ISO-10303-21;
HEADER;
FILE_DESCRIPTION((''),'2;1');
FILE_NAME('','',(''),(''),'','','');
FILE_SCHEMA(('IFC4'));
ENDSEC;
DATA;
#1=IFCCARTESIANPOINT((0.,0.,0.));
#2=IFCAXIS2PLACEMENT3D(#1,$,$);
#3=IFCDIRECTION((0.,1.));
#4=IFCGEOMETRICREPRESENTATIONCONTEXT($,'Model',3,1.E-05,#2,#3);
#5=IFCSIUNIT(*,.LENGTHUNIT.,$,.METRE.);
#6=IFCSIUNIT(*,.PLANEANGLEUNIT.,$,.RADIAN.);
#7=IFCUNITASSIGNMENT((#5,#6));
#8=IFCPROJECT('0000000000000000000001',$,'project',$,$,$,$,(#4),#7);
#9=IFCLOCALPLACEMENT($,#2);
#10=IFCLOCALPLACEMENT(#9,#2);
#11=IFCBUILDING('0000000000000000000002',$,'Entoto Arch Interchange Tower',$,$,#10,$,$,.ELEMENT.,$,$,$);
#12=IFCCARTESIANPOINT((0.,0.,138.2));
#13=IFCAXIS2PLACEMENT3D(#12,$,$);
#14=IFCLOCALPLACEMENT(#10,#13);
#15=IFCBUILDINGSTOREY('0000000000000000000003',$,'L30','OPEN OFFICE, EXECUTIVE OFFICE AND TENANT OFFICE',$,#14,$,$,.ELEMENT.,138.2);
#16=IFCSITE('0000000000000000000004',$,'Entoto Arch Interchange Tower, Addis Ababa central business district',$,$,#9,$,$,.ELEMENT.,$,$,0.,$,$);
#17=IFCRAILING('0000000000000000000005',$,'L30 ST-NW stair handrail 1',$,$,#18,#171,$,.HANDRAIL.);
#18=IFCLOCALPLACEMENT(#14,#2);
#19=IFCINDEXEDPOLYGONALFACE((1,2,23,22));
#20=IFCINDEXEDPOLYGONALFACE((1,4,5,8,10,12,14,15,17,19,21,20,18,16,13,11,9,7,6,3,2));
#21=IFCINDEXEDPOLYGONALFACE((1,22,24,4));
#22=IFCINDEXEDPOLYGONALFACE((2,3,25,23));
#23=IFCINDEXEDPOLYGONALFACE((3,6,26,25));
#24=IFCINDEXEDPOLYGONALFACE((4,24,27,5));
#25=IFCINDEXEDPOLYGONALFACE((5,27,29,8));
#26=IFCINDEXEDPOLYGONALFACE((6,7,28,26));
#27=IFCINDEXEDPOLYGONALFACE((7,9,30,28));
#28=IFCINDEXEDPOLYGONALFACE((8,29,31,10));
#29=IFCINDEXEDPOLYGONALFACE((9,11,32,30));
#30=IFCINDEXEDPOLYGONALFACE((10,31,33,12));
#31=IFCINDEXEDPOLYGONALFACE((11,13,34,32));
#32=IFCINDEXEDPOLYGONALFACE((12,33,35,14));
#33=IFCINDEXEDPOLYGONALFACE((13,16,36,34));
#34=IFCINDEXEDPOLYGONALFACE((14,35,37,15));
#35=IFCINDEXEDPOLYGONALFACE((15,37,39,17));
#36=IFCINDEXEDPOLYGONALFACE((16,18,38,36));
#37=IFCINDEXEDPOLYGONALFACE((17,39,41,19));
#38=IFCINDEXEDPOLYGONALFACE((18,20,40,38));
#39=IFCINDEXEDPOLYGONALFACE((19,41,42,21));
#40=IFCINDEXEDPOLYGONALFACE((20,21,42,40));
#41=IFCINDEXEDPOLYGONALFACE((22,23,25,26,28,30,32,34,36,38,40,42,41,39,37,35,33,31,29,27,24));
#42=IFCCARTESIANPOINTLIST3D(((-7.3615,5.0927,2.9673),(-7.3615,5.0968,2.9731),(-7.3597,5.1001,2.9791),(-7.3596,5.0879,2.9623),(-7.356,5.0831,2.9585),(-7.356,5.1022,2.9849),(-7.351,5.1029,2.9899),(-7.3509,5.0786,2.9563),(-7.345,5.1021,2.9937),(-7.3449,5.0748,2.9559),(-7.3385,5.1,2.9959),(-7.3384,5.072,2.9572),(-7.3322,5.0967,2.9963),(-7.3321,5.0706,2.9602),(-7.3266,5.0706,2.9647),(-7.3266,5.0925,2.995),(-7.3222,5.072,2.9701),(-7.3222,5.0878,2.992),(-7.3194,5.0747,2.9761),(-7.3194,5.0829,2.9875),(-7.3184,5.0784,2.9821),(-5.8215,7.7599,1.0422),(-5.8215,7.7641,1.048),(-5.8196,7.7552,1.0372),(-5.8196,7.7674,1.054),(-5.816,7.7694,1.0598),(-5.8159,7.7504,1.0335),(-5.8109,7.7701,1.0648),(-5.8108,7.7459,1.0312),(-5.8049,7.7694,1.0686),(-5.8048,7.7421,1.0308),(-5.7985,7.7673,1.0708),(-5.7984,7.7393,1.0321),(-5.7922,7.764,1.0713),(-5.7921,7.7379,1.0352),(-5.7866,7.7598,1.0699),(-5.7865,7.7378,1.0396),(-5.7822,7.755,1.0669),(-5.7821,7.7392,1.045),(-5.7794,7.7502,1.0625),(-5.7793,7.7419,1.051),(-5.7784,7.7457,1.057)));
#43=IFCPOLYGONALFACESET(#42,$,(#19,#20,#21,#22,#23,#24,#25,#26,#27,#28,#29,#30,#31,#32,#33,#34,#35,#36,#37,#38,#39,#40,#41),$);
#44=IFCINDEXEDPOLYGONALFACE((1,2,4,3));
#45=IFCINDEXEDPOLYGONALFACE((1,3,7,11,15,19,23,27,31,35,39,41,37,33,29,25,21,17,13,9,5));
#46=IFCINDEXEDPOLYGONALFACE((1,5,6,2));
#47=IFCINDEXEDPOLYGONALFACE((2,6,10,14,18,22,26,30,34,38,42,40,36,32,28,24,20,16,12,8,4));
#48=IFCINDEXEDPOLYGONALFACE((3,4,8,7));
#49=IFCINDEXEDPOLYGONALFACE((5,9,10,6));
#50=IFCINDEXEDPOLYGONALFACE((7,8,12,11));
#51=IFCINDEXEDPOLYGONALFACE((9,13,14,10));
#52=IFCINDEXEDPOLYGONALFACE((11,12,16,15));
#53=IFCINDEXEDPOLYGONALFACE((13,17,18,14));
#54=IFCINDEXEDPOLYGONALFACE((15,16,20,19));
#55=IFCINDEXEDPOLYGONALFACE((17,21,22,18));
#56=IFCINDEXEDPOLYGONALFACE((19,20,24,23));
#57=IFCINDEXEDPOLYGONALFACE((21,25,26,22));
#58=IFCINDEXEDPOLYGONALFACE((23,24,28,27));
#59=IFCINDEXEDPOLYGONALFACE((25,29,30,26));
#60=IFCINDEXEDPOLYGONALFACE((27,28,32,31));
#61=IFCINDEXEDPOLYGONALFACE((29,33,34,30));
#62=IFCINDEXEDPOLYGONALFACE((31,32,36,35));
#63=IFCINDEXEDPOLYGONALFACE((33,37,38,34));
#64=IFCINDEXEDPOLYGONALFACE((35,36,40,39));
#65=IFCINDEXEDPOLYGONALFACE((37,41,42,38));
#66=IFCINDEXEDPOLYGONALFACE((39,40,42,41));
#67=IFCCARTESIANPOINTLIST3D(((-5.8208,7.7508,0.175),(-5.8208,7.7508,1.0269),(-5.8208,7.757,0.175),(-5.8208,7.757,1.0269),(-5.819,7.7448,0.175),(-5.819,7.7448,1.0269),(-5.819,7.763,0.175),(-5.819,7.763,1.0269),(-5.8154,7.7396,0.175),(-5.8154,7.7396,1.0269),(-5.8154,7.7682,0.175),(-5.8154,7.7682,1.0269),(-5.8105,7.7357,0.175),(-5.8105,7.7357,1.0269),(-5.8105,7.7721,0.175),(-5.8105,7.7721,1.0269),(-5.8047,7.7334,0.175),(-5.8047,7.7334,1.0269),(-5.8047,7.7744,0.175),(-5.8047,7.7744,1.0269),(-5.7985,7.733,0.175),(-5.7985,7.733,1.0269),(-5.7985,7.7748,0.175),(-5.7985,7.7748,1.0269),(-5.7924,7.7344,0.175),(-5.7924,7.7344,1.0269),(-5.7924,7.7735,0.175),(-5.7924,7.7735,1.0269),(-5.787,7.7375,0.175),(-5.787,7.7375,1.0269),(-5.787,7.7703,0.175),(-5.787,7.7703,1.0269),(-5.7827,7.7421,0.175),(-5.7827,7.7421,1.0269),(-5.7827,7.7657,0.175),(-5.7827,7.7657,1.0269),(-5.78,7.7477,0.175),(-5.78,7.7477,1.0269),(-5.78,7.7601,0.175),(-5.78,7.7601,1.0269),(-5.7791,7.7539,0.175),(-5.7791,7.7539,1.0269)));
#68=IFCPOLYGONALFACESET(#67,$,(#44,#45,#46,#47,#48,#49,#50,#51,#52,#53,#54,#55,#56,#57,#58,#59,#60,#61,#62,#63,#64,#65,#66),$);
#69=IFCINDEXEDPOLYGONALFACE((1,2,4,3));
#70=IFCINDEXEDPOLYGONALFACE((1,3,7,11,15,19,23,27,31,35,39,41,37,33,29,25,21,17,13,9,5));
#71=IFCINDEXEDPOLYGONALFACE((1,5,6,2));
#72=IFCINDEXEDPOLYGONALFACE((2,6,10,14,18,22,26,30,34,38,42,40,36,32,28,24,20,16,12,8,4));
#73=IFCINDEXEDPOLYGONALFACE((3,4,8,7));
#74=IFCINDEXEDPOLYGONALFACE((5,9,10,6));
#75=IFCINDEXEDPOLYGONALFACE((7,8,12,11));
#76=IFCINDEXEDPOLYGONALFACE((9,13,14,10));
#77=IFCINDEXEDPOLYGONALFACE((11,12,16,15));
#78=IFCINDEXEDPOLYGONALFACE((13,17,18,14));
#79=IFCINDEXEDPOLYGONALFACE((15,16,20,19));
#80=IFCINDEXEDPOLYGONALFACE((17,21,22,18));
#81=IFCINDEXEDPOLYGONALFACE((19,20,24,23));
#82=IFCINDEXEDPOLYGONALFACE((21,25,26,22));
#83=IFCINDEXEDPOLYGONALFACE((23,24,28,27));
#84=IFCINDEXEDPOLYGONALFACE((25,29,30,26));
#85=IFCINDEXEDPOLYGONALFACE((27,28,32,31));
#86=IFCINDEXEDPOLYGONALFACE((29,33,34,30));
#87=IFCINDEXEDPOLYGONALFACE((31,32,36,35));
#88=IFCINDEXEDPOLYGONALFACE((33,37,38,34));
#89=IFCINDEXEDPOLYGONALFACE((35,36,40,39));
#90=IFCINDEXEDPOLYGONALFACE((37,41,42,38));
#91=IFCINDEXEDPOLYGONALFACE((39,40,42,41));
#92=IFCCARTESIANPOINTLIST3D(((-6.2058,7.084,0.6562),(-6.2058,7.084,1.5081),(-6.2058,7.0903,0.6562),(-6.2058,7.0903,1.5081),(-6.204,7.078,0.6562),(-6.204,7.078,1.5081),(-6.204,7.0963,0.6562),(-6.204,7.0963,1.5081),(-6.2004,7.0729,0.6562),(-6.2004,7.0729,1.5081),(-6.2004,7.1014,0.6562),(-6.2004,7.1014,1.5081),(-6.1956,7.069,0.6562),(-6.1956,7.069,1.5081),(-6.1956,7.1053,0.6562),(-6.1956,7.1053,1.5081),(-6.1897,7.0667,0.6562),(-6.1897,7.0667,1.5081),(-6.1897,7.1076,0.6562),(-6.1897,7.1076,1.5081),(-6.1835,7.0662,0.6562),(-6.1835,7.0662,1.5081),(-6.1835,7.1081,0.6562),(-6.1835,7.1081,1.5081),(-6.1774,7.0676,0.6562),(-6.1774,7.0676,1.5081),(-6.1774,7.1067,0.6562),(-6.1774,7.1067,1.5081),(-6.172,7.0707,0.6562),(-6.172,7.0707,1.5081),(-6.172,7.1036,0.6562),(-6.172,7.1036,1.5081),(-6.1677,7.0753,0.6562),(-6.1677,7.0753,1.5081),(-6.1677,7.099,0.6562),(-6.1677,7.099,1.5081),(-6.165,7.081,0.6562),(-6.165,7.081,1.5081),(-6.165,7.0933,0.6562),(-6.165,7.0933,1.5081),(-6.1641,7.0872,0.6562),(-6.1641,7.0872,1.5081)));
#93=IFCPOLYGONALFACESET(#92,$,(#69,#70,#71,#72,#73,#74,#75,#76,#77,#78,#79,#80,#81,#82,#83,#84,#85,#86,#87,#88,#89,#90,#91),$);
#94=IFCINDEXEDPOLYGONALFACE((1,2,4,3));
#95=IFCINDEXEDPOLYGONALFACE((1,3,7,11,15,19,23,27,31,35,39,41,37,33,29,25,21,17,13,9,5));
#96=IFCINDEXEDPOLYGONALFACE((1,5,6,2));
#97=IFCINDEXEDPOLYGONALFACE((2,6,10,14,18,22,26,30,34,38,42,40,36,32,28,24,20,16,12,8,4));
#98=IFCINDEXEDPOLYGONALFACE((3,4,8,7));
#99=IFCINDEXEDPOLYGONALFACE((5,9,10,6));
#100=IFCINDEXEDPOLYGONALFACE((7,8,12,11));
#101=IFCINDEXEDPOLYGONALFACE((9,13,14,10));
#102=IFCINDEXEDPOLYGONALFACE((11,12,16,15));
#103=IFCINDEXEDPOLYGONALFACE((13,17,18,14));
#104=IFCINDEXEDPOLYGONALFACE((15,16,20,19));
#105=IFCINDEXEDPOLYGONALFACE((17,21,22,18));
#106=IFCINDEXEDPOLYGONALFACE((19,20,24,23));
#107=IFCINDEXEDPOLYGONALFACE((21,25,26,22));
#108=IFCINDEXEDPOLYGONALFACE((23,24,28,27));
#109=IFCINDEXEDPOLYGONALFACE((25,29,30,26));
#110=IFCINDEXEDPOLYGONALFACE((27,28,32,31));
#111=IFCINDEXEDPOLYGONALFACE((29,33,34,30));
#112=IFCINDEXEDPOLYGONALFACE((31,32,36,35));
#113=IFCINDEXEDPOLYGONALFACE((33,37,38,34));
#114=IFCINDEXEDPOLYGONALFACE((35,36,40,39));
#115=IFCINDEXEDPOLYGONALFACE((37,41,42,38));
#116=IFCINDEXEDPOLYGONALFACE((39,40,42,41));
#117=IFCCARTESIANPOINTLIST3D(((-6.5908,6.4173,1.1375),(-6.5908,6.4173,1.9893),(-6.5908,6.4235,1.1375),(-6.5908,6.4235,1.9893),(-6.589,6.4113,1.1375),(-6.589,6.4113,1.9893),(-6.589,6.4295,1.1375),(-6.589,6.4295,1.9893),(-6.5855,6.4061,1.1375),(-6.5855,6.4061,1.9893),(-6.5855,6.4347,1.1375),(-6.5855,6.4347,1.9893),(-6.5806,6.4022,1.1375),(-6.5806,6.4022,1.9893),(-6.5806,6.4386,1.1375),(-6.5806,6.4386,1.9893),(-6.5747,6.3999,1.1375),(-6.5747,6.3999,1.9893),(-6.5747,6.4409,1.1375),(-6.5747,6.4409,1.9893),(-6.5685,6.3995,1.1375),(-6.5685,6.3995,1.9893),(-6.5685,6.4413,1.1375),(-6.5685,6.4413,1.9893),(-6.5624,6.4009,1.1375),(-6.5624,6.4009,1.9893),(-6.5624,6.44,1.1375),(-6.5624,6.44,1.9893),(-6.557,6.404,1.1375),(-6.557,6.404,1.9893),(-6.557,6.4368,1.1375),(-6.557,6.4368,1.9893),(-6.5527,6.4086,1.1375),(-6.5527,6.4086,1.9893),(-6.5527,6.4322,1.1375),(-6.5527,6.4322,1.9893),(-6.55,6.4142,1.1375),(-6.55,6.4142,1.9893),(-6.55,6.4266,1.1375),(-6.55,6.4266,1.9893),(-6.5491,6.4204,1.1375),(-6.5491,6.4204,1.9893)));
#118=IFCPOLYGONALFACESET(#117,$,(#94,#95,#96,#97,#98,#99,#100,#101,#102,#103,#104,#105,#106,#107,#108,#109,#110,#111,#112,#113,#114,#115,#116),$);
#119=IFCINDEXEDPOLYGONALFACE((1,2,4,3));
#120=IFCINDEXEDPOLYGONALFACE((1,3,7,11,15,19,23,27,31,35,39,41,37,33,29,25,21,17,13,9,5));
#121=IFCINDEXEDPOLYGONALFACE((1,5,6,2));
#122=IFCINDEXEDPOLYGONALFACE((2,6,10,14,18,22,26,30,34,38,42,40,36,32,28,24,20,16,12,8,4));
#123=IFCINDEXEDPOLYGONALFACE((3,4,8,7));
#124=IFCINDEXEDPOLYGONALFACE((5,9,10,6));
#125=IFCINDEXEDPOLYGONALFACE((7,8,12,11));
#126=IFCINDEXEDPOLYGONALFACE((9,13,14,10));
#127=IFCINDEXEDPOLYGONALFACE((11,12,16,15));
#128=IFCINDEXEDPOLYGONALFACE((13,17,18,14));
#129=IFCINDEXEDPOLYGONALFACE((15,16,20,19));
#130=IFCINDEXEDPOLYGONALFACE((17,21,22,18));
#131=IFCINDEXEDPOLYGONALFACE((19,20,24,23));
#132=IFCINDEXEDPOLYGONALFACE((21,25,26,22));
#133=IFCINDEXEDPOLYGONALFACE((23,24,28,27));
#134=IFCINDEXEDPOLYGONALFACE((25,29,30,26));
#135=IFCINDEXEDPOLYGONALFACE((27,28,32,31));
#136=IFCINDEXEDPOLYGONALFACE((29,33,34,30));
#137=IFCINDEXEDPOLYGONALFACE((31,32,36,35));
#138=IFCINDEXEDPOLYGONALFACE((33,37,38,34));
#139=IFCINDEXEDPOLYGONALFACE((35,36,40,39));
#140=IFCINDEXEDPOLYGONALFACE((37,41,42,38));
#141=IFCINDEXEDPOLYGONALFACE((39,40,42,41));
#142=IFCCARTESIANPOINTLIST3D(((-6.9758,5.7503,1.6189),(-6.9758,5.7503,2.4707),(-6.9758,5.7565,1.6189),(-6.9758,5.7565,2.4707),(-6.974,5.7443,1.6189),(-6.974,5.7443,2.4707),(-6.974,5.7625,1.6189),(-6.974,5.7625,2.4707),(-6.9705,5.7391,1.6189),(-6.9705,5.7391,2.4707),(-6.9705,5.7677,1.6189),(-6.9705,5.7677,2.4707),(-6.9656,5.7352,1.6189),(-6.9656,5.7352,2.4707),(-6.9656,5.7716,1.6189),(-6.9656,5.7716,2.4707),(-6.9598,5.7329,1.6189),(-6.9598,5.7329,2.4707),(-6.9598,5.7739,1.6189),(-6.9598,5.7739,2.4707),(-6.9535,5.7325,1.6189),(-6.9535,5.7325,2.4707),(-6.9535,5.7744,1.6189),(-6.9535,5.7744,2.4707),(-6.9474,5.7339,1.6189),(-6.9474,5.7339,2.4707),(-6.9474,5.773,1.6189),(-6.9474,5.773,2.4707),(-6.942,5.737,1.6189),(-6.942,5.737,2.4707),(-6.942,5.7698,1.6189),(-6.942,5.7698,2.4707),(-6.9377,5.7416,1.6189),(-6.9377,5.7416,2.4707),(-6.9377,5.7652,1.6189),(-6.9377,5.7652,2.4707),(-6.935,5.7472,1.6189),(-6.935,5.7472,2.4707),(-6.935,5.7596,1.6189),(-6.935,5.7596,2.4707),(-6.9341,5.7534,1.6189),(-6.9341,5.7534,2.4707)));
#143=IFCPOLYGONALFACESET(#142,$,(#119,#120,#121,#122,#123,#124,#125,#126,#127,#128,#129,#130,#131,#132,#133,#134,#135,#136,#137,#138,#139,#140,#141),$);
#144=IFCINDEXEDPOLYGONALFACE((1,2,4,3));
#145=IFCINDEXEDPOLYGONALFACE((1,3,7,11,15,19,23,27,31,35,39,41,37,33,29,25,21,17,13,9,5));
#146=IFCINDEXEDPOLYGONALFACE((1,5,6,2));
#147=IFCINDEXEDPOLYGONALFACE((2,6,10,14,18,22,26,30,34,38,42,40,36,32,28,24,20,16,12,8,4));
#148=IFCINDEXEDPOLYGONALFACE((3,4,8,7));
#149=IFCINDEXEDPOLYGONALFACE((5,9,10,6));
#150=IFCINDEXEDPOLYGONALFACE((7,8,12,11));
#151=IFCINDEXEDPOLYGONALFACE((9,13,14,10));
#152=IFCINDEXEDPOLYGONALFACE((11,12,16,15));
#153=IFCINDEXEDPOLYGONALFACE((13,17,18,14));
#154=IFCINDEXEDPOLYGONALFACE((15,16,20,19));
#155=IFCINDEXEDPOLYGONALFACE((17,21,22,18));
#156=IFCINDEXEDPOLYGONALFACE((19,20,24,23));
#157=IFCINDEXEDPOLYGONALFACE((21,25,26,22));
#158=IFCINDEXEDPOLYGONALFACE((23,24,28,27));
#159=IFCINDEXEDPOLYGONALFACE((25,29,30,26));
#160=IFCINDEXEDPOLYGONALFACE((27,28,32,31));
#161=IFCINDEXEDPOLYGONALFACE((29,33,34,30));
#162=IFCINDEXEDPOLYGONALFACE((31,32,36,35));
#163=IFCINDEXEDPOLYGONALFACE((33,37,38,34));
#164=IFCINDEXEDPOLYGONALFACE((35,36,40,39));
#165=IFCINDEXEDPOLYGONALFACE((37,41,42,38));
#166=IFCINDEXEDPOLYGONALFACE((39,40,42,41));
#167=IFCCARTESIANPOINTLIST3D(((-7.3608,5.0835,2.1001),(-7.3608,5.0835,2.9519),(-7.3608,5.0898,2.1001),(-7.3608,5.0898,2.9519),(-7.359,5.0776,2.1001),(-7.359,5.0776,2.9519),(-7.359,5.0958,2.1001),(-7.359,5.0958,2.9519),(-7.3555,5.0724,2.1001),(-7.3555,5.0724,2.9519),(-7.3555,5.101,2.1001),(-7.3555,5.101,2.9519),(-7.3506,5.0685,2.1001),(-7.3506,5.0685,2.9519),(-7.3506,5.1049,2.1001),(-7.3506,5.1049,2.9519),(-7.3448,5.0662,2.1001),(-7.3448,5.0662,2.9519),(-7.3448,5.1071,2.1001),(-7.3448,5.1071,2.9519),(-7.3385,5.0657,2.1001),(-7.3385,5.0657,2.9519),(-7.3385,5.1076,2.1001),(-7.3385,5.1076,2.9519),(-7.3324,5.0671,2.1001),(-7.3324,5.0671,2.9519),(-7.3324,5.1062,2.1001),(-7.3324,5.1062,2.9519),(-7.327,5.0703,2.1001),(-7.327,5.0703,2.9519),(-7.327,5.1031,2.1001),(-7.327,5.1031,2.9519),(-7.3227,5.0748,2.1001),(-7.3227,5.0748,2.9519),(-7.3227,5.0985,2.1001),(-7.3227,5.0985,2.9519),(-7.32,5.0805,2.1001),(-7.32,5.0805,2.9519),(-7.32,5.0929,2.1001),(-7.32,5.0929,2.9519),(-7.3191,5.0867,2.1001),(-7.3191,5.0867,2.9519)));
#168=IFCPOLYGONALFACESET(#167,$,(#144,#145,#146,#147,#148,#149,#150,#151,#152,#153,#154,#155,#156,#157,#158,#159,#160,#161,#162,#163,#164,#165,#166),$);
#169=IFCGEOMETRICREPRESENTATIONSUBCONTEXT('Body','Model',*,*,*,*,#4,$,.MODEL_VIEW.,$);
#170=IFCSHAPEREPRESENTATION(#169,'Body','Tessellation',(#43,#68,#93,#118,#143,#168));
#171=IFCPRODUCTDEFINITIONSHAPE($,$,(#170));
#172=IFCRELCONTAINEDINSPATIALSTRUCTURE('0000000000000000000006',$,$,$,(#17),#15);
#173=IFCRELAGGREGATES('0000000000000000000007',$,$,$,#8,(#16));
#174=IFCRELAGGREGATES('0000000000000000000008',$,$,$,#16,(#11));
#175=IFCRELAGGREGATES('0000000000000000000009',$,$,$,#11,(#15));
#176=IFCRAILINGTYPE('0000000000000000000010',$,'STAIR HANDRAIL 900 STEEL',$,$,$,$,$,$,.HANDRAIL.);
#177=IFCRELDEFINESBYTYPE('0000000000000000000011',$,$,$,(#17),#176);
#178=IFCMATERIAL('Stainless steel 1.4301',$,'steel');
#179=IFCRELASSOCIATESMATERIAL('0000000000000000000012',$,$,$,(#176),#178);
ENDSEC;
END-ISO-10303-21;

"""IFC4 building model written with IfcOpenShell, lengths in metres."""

from ifc_helpers import new_model, si_unit, direction, frame, origin, origin_2d, place, context, subcontext, project, spatial, circle, extrude, material, type_object, element, save


model = new_model("IFC4")

# Units and contexts
model_context = context("Model", 3, precision=1e-05, world=origin(), true_north=direction((0.0, 1.0)))
body_context = subcontext(model_context, "Body", "Model", "MODEL_VIEW")
ifc_project = project(units=[si_unit("LENGTHUNIT", "METRE"), si_unit("PLANEANGLEUNIT", "RADIAN")], contexts=[model_context])

# Site, building, storey
site_placement = place(None, origin())
site = spatial("IfcSite", under=ifc_project, at=site_placement, Name="Entoto Arch Interchange Tower, Addis Ababa central business district", CompositionType="ELEMENT", RefElevation=0.0)
building_placement = place(site_placement, origin())
building = spatial("IfcBuilding", under=site, at=building_placement, Name="Entoto Arch Interchange Tower", CompositionType="ELEMENT")
storey_placement = place(building_placement, frame((0.0, 0.0, 138.2)))
storey = spatial("IfcBuildingStorey", under=building, at=storey_placement, Name="L30", Description="OPEN OFFICE, EXECUTIVE OFFICE AND TENANT OFFICE", CompositionType="ELEMENT", Elevation=138.2)

# Railing
ifc_material_1 = material(Name="Stainless steel 1.4301", Category="steel")
railing_type_1 = type_object("IfcRailingType", Name="STAIR HANDRAIL 900 STEEL", PredefinedType="HANDRAIL", material=ifc_material_1)
railing_1_placement = place(storey_placement, frame((-5.8, 7.7539, 0.175)))
element("IfcRailing", 1, at=railing_1_placement, inside=storey, type_object=railing_type_1, Name="L30 ST-NW stair handrail 1", PredefinedType="HANDRAIL", context=body_context, shape_type="SweptSolid", body=[
    extrude(circle(Radius=0.0239, at=origin_2d()), frame((0.0, 0.0, 0.876), z_axis=(-0.424015, -0.734364, 0.530019), x_axis=(0.86601, -0.500027, 0.0)), (0.0, 0.0, 1.0), 3.6321),
    extrude(circle(Radius=0.021, at=origin_2d()), origin(), (0.0, 0.0, 1.0), 0.8518),
    extrude(circle(Radius=0.021, at=origin_2d()), frame((-0.385, -0.6667, 0.4812)), (0.0, 0.0, 1.0), 0.8518),
    extrude(circle(Radius=0.021, at=origin_2d()), frame((-0.77, -1.3335, 0.9624)), (0.0, 0.0, 1.0), 0.8518),
    extrude(circle(Radius=0.021, at=origin_2d()), frame((-1.155, -2.0005, 1.4438)), (0.0, 0.0, 1.0), 0.8518),
    extrude(circle(Radius=0.021, at=origin_2d()), frame((-1.54, -2.6672, 1.925)), (0.0, 0.0, 1.0), 0.8518),
])

save(model, "model.ifc")
